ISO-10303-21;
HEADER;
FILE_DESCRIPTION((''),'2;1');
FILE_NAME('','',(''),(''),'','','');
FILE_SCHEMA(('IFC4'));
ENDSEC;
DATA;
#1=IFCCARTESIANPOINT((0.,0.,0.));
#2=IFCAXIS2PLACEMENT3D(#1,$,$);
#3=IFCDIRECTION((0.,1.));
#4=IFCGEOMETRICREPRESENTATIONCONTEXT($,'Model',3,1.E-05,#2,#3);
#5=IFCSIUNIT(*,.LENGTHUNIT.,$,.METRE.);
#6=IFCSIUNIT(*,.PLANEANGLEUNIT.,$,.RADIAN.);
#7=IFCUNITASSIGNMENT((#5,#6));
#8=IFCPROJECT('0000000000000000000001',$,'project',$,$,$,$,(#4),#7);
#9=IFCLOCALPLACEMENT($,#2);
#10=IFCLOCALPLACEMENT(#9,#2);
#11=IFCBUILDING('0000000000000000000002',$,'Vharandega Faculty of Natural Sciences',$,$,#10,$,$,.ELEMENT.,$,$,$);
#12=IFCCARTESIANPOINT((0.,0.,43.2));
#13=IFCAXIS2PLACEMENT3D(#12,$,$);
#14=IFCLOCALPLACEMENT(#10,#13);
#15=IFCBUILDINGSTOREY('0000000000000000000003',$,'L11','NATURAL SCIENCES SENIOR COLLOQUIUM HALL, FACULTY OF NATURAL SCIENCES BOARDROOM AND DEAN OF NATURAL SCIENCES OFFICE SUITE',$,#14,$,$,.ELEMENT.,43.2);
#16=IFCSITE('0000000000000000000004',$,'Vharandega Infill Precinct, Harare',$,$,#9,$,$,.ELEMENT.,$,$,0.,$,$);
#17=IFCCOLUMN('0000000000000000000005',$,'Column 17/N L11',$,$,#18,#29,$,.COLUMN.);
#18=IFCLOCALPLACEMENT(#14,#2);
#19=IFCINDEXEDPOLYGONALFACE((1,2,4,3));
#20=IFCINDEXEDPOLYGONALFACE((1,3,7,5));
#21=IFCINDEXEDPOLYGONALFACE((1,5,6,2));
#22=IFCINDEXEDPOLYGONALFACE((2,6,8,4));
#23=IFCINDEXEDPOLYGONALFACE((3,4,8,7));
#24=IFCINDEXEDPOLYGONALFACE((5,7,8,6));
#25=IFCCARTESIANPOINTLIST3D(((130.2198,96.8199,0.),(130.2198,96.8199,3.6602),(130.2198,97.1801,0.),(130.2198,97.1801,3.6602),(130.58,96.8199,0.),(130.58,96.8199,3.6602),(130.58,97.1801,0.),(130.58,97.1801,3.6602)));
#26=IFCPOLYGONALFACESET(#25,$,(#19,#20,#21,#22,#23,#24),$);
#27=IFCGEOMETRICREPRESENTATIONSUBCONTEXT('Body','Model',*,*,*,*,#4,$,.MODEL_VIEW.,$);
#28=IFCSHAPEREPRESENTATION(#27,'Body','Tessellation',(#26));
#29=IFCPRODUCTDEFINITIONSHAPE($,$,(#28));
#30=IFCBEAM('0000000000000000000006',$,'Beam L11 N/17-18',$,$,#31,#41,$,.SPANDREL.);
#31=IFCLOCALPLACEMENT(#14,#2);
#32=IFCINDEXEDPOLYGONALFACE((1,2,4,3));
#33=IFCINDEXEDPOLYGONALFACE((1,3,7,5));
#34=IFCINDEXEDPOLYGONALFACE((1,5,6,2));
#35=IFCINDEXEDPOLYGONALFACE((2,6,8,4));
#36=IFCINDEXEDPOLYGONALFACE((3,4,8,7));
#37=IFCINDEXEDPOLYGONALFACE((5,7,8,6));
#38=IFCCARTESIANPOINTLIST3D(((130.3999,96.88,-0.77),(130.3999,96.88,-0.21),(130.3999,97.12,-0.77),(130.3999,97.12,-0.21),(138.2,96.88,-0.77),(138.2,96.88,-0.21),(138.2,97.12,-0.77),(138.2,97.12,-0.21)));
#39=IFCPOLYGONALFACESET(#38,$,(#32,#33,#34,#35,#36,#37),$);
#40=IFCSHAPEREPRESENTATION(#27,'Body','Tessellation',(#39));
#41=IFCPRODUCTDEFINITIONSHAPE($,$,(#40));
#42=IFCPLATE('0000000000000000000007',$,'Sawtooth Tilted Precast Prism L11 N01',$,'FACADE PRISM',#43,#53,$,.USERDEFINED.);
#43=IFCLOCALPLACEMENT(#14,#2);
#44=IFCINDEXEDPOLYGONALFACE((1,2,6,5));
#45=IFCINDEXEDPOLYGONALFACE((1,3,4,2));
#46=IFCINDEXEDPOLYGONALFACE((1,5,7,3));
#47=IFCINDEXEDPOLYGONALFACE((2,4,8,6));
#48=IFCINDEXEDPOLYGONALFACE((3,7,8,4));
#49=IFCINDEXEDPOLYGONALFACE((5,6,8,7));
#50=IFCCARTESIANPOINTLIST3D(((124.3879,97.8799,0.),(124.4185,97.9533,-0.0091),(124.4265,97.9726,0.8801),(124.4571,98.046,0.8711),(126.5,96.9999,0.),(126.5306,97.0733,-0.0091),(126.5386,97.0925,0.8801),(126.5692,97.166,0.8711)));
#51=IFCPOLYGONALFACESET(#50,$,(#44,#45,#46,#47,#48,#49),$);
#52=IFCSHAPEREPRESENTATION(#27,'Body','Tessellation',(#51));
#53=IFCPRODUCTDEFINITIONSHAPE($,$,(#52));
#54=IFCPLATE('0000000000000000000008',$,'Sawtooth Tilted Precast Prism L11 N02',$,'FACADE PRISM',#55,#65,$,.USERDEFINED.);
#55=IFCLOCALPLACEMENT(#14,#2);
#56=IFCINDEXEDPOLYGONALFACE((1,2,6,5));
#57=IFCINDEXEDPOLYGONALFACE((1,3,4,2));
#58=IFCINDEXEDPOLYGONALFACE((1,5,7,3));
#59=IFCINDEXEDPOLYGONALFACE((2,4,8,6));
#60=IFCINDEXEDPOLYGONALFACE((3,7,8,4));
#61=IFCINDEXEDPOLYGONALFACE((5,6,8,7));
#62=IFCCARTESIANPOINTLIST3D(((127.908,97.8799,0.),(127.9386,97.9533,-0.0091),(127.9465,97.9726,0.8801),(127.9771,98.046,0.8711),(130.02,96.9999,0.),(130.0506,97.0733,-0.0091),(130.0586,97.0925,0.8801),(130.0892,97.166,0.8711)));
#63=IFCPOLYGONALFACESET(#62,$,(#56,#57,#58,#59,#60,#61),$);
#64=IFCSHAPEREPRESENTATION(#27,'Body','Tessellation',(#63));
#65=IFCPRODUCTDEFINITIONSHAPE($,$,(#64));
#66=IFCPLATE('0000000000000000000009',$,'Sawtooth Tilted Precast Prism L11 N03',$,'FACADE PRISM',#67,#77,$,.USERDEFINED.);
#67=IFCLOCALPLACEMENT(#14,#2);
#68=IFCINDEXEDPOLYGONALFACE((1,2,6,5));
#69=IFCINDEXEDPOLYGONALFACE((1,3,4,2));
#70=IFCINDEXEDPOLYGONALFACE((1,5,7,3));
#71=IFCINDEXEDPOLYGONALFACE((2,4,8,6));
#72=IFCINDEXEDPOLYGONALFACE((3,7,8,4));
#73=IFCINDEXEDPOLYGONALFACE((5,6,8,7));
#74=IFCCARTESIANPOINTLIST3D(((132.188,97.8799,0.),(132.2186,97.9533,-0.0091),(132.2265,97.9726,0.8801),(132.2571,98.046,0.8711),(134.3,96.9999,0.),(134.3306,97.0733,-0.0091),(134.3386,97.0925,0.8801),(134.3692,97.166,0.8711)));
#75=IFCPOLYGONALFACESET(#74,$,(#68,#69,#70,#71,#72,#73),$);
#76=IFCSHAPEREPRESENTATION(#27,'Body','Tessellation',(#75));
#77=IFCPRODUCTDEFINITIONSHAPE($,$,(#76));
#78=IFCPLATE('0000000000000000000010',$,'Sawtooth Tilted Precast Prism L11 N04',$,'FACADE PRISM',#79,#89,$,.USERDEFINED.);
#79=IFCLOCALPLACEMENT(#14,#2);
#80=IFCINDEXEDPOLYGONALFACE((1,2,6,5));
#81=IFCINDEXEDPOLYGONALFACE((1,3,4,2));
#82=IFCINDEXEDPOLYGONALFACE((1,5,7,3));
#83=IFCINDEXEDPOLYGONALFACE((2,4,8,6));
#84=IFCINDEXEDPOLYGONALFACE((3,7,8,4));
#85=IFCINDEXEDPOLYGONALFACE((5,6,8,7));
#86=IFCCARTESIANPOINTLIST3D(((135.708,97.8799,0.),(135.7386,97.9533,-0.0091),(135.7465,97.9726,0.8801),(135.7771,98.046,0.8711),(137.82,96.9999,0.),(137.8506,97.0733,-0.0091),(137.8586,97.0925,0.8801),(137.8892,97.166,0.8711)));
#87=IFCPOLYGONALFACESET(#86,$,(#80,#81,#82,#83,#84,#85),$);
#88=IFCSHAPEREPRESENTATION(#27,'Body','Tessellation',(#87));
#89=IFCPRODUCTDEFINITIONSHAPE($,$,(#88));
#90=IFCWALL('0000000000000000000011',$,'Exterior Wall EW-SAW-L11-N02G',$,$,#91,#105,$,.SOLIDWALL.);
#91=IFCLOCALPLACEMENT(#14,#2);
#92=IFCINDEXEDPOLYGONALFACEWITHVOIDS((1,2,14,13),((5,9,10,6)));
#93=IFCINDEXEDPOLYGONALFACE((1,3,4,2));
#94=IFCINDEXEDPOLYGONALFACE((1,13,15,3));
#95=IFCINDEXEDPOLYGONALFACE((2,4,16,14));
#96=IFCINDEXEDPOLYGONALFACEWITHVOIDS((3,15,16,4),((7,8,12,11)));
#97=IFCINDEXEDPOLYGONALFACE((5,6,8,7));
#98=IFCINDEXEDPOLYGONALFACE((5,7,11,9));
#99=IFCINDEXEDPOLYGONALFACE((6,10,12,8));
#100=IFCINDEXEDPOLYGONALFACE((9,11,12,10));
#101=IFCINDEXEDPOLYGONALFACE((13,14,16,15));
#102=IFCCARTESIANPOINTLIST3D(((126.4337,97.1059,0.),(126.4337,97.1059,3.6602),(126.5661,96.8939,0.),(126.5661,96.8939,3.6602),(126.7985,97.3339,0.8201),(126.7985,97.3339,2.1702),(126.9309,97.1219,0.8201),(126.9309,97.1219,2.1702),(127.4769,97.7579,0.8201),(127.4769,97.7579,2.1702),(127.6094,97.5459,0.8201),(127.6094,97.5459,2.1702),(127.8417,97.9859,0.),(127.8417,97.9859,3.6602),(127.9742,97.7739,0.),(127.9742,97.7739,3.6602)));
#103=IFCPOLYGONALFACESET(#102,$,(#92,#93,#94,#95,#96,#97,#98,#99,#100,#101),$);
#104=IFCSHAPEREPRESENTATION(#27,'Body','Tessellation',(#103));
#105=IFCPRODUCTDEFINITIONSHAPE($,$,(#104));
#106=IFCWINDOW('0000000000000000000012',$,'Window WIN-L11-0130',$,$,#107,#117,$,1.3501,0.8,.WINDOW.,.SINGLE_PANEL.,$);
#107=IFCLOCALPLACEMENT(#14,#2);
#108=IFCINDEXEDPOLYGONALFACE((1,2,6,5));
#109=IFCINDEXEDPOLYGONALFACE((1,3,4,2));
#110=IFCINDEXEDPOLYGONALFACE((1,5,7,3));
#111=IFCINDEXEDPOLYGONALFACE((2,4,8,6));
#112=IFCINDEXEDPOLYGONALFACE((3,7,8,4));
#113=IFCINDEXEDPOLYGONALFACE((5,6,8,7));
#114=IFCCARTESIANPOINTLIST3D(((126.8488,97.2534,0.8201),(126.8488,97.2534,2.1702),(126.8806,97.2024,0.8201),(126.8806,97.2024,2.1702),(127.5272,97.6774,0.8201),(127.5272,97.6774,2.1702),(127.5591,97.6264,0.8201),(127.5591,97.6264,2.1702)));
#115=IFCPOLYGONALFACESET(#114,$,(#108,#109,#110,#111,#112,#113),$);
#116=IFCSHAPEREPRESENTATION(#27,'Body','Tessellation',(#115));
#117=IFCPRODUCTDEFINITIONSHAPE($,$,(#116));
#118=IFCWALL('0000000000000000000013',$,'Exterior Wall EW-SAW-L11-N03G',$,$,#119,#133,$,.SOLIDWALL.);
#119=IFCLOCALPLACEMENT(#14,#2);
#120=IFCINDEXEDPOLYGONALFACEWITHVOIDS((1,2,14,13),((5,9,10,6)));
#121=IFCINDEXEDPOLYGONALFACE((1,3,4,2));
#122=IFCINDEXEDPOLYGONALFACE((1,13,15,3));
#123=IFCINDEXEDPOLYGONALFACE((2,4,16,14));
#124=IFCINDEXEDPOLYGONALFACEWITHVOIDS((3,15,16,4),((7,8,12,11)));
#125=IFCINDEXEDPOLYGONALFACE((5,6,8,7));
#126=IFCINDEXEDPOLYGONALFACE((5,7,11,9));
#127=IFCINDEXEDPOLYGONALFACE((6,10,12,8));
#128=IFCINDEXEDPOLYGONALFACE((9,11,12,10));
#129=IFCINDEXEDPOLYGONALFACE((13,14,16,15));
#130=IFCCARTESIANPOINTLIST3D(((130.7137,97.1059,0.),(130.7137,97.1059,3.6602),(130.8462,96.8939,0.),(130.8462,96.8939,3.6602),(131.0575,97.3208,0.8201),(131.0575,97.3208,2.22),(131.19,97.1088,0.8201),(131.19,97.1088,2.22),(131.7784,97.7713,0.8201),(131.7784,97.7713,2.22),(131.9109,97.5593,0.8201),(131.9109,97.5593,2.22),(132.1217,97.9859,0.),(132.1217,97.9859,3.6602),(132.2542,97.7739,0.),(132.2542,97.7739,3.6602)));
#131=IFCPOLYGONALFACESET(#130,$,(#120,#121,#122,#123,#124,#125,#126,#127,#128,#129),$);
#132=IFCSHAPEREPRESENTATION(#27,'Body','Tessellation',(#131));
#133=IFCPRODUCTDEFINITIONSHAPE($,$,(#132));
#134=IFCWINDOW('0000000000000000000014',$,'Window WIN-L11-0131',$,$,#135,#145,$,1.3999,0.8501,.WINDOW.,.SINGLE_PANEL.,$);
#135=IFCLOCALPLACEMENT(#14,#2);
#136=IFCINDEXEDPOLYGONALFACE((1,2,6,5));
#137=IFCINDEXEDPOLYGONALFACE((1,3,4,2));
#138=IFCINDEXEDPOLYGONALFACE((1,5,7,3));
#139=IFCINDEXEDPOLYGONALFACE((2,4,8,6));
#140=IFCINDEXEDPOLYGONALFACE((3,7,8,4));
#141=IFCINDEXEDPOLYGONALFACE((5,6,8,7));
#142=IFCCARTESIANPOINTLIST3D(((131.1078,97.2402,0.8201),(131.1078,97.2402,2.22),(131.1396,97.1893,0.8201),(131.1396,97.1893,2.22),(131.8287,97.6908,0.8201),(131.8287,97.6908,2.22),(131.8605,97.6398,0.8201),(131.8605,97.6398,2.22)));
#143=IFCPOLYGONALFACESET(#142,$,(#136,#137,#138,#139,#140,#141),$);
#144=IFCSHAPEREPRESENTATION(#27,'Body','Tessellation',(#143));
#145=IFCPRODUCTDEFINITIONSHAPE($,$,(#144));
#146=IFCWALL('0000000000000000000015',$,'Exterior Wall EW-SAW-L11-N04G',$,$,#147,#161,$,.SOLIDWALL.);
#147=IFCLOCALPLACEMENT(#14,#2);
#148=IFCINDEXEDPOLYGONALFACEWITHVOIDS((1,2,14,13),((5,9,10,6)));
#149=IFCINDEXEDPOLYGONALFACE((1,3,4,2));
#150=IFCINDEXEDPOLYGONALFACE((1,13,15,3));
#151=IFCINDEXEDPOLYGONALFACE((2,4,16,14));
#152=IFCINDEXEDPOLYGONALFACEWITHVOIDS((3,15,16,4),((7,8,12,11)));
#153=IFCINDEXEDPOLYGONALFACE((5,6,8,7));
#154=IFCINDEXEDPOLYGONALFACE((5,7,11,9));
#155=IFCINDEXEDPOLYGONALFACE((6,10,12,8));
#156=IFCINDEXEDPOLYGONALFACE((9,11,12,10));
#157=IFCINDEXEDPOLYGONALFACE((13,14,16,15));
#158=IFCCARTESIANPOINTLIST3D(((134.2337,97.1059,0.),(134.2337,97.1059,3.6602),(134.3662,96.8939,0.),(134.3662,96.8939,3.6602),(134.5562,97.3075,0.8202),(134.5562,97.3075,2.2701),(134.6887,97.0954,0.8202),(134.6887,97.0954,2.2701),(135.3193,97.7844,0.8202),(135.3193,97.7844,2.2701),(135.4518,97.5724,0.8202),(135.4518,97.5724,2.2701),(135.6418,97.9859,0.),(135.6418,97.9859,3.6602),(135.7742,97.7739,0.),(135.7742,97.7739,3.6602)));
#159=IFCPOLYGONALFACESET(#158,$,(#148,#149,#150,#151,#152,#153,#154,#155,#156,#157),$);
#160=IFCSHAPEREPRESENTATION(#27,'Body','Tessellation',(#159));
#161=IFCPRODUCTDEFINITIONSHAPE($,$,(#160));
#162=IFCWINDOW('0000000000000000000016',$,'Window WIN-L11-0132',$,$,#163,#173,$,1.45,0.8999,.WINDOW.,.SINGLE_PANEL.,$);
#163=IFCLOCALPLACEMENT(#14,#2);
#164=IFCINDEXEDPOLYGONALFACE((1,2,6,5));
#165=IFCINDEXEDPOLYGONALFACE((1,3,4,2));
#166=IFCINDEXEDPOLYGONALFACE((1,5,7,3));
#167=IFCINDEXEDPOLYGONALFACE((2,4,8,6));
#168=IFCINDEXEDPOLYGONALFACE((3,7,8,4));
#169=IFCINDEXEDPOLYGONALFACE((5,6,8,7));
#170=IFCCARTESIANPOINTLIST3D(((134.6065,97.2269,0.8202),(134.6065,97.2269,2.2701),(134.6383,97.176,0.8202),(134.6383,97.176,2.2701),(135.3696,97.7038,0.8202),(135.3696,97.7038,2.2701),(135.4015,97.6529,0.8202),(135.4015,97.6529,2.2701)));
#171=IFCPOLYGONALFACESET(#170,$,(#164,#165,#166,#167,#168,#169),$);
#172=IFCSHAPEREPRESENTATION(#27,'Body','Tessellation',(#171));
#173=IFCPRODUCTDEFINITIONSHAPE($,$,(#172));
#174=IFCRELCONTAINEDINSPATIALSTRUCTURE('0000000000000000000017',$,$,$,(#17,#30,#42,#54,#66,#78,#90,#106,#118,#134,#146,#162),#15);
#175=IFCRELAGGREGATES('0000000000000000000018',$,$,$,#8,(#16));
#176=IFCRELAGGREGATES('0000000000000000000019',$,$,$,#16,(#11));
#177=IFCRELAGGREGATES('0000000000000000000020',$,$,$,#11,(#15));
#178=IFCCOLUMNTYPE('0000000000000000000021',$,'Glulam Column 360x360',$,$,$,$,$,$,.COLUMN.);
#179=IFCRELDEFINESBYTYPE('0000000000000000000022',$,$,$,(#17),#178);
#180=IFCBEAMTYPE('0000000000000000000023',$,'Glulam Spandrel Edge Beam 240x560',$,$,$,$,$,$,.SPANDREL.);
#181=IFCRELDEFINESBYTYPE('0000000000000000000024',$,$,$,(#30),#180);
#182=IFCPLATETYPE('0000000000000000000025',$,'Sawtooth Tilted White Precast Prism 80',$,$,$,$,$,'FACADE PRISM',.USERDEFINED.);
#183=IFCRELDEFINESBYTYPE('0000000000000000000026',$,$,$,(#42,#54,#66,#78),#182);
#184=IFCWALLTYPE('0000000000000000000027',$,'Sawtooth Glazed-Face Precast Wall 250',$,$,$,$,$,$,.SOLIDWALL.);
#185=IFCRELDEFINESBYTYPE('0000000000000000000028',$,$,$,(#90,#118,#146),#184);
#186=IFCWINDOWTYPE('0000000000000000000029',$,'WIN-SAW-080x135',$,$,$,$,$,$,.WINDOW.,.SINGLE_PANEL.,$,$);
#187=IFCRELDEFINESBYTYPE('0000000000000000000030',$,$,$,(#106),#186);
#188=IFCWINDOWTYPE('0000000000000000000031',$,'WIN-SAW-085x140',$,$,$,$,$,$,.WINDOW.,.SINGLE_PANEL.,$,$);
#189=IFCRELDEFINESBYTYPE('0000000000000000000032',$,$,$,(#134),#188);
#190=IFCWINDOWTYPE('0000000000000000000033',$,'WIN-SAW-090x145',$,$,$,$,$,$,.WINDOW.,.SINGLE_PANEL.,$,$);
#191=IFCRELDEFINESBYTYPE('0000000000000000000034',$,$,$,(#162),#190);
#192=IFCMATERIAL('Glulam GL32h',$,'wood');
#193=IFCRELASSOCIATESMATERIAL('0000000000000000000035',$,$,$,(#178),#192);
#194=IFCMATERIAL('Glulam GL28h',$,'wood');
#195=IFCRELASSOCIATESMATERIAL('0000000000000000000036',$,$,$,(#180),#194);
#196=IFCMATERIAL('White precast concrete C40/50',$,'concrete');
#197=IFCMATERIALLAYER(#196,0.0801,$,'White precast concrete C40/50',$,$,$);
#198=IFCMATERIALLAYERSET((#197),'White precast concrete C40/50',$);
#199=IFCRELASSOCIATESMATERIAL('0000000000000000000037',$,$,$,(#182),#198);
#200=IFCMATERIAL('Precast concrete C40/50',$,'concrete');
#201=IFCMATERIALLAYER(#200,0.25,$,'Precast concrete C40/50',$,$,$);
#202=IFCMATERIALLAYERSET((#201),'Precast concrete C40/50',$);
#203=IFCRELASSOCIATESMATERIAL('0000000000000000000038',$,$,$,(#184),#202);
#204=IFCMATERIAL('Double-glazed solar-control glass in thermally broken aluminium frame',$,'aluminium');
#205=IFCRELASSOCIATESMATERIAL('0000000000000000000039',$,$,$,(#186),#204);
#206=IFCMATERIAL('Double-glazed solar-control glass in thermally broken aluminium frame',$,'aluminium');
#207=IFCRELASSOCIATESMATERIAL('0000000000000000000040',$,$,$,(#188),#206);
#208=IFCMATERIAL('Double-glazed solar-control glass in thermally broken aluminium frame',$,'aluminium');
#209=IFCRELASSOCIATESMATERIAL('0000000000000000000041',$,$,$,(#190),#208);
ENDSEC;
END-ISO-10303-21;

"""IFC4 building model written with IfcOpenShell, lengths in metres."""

from ifc_helpers import new_model, si_unit, direction, frame, frame_2d, origin, origin_2d, place, context, subcontext, project, spatial, polyline, rectangle, outline, extrude, material, layer, layer_set, material_profile, profile_set, type_object, element, fill, save


model = new_model("IFC4")

# Units and contexts
model_context = context("Model", 3, precision=1e-05, world=origin(), true_north=direction((0.0, 1.0)))
body_context = subcontext(model_context, "Body", "Model", "MODEL_VIEW")
ifc_project = project(units=[si_unit("LENGTHUNIT", "METRE"), si_unit("PLANEANGLEUNIT", "RADIAN")], contexts=[model_context])

# Site, building, storey
site_placement = place(None, origin())
site = spatial("IfcSite", under=ifc_project, at=site_placement, Name="Vharandega Infill Precinct, Harare", CompositionType="ELEMENT", RefElevation=0.0)
building_placement = place(site_placement, origin())
building = spatial("IfcBuilding", under=site, at=building_placement, Name="Vharandega Faculty of Natural Sciences", CompositionType="ELEMENT")
storey_placement = place(building_placement, frame((0.0, 0.0, 43.2)))
storey = spatial("IfcBuildingStorey", under=building, at=storey_placement, Name="L11", Description="NATURAL SCIENCES SENIOR COLLOQUIUM HALL, FACULTY OF NATURAL SCIENCES BOARDROOM AND DEAN OF NATURAL SCIENCES OFFICE SUITE", CompositionType="ELEMENT", Elevation=43.2)

# Column
ifc_material_1 = material(Name="Glulam GL32h", Category="wood")
ifc_material_profile_1 = material_profile(ifc_material_1, rectangle(XDim=0.3601, YDim=0.3601, at=origin_2d()), Name="GL32h 360x360")
ifc_profile_set_1 = profile_set([ifc_material_profile_1], Name="Glulam GL32h")
column_type = type_object("IfcColumnType", Name="Glulam Column 360x360", PredefinedType="COLUMN", material=ifc_profile_set_1)
column_placement = place(storey_placement, frame((130.3999, 97.0, 0.0), z_axis=(0.0, 0.0, 1.0), x_axis=(1.0, 0.0, 0.0)))
element("IfcColumn", 1, at=column_placement, inside=storey, type_object=column_type, Name="Column 17/N L11", PredefinedType="COLUMN", context=body_context, shape_type="SweptSolid", body=[
    extrude(rectangle(XDim=0.3601, YDim=0.3601, at=origin_2d()), origin(), (0.0, 0.0, 1.0), 3.6602),
])

# Beam
ifc_material_2 = material(Name="Glulam GL28h", Category="wood")
ifc_material_profile_2 = material_profile(ifc_material_2, rectangle(XDim=0.24, YDim=0.5601, at=origin_2d()), Name="GL28h 240x560")
ifc_profile_set_2 = profile_set([ifc_material_profile_2], Name="Glulam GL28h")
beam_type = type_object("IfcBeamType", Name="Glulam Spandrel Edge Beam 240x560", PredefinedType="SPANDREL", material=ifc_profile_set_2)
beam_placement = place(storey_placement, frame((130.3999, 97.0, -0.49), z_axis=(1.0, 0.0, 0.0), x_axis=(0.0, 1.0, 0.0)))
element("IfcBeam", 2, at=beam_placement, inside=storey, type_object=beam_type, Name="Beam L11 N/17-18", PredefinedType="SPANDREL", context=body_context, shape_type="SweptSolid", body=[
    extrude(rectangle(XDim=0.24, YDim=0.5601, at=origin_2d()), origin(), (0.0, 0.0, 1.0), 7.8),
])

# Plates
ifc_material_3 = material(Name="White precast concrete C40/50", Category="concrete")
ifc_layer_1 = layer(ifc_material_3, 0.0801, Name="White precast concrete C40/50")
ifc_layer_set_1 = layer_set([ifc_layer_1], Name="White precast concrete C40/50")
plate_type = type_object("IfcPlateType", Name="Sawtooth Tilted White Precast Prism 80", ElementType="FACADE PRISM", PredefinedType="USERDEFINED", material=ifc_layer_set_1)
for number, where, z_axis, x_axis, name in (
    (3, (124.3879, 97.8799, 0.0), (-0.382131, -0.917137, 0.113295), (0.043497, 0.104613, 0.993561), "Sawtooth Tilted Precast Prism L11 N01"),
    (4, (127.908, 97.8799, 0.0), (-0.382131, -0.917137, 0.113295), (0.043497, 0.104613, 0.993561), "Sawtooth Tilted Precast Prism L11 N02"),
    (5, (132.188, 97.8799, 0.0), (-0.382131, -0.917137, 0.113295), (0.043497, 0.104613, 0.993561), "Sawtooth Tilted Precast Prism L11 N03"),
    (6, (135.708, 97.8799, 0.0), (-0.382131, -0.917137, 0.113295), (0.043497, 0.104613, 0.993561), "Sawtooth Tilted Precast Prism L11 N04"),
):
    element("IfcPlate", number, at=place(storey_placement, frame(where, z_axis=z_axis, x_axis=x_axis)), inside=storey, type_object=plate_type, Name=name, ObjectType="FACADE PRISM", PredefinedType="USERDEFINED", context=body_context, shape_type="SweptSolid", body=[
        extrude(outline(polyline([(0.0, 0.0), (0.8858, 0.0), (0.8856, -2.2881), (-0.0002, -2.288), (0.0, 0.0)])), origin(), (0.0, 0.0, -1.0), 0.0801),
    ])

# Walls, openings, windows
ifc_material_4 = material(Name="Precast concrete C40/50", Category="concrete")
ifc_layer_2 = layer(ifc_material_4, 0.25, Name="Precast concrete C40/50")
ifc_layer_set_2 = layer_set([ifc_layer_2], Name="Precast concrete C40/50")
wall_type_1 = type_object("IfcWallType", Name="Sawtooth Glazed-Face Precast Wall 250", PredefinedType="SOLIDWALL", material=ifc_layer_set_2)
wall_1_placement = place(storey_placement, frame((126.5, 97.0, 0.0), z_axis=(0.0, 0.0, 1.0), x_axis=(0.848023, 0.529959, 0.0)))
wall_1 = element("IfcWall", 7, at=wall_1_placement, inside=storey, type_object=wall_type_1, Name="Exterior Wall EW-SAW-L11-N02G", PredefinedType="SOLIDWALL", context=body_context, shape_type="SweptSolid", body=[
    extrude(rectangle(XDim=1.6604, YDim=0.25, at=frame_2d((0.8301, 0.0))), origin(), (0.0, 0.0, 1.0), 3.6602),
])
opening_1_placement = place(wall_1_placement, frame((0.4302, 0.0, 0.8201)))
opening_1 = element("IfcOpeningElement", 8, at=opening_1_placement, cuts=wall_1, PredefinedType="OPENING", context=body_context, shape_type="SweptSolid", body=[
    extrude(rectangle(XDim=0.8, YDim=1.3501, at=frame_2d((0.3999, 0.675))), frame((0.0, 0.135, 0.0), z_axis=(0.0, -1.0, 0.0), x_axis=(1.0, 0.0, 0.0)), (0.0, 0.0, 1.0), 0.27),
])
ifc_material_5 = material(Name="Double-glazed solar-control glass in thermally broken aluminium frame", Category="aluminium")
window_type_1 = type_object("IfcWindowType", Name="WIN-SAW-080x135", PartitioningType="SINGLE_PANEL", PredefinedType="WINDOW", material=ifc_material_5)
window_1_placement = place(opening_1_placement, origin())
window_1 = element("IfcWindow", 9, at=window_1_placement, inside=storey, type_object=window_type_1, Name="Window WIN-L11-0130", OverallHeight=1.3501, OverallWidth=0.8, PartitioningType="SINGLE_PANEL", PredefinedType="WINDOW", context=body_context, shape_type="SweptSolid", body=[
    extrude(rectangle(XDim=0.8, YDim=1.3501, at=frame_2d((0.3999, 0.675))), frame((0.0, 0.03, 0.0), z_axis=(0.0, -1.0, 0.0), x_axis=(1.0, 0.0, 0.0)), (0.0, 0.0, 1.0), 0.0601),
])
fill(opening_1, window_1)
wall_2_placement = place(storey_placement, frame((130.78, 97.0, 0.0), z_axis=(0.0, 0.0, 1.0), x_axis=(0.848023, 0.529959, 0.0)))
wall_2 = element("IfcWall", 10, at=wall_2_placement, inside=storey, type_object=wall_type_1, Name="Exterior Wall EW-SAW-L11-N03G", PredefinedType="SOLIDWALL", context=body_context, shape_type="SweptSolid", body=[
    extrude(rectangle(XDim=1.6604, YDim=0.25, at=frame_2d((0.8301, 0.0))), origin(), (0.0, 0.0, 1.0), 3.6602),
])
opening_2_placement = place(wall_2_placement, frame((0.4053, 0.0, 0.8201)))
opening_2 = element("IfcOpeningElement", 11, at=opening_2_placement, cuts=wall_2, PredefinedType="OPENING", context=body_context, shape_type="SweptSolid", body=[
    extrude(rectangle(XDim=0.8501, YDim=1.3999, at=frame_2d((0.425, 0.7))), frame((0.0, 0.135, 0.0), z_axis=(0.0, -1.0, 0.0), x_axis=(1.0, 0.0, 0.0)), (0.0, 0.0, 1.0), 0.27),
])
ifc_material_6 = material(Name="Double-glazed solar-control glass in thermally broken aluminium frame", Category="aluminium")
window_type_2 = type_object("IfcWindowType", Name="WIN-SAW-085x140", PartitioningType="SINGLE_PANEL", PredefinedType="WINDOW", material=ifc_material_6)
window_2_placement = place(opening_2_placement, origin())
window_2 = element("IfcWindow", 12, at=window_2_placement, inside=storey, type_object=window_type_2, Name="Window WIN-L11-0131", OverallHeight=1.3999, OverallWidth=0.8501, PartitioningType="SINGLE_PANEL", PredefinedType="WINDOW", context=body_context, shape_type="SweptSolid", body=[
    extrude(rectangle(XDim=0.8501, YDim=1.3999, at=frame_2d((0.425, 0.7))), frame((0.0, 0.03, 0.0), z_axis=(0.0, -1.0, 0.0), x_axis=(1.0, 0.0, 0.0)), (0.0, 0.0, 1.0), 0.0601),
])
fill(opening_2, window_2)
wall_3_placement = place(storey_placement, frame((134.3, 97.0, 0.0), z_axis=(0.0, 0.0, 1.0), x_axis=(0.848023, 0.529959, 0.0)))
wall_3 = element("IfcWall", 13, at=wall_3_placement, inside=storey, type_object=wall_type_1, Name="Exterior Wall EW-SAW-L11-N04G", PredefinedType="SOLIDWALL", context=body_context, shape_type="SweptSolid", body=[
    extrude(rectangle(XDim=1.6604, YDim=0.25, at=frame_2d((0.8301, 0.0))), origin(), (0.0, 0.0, 1.0), 3.6602),
])
opening_3_placement = place(wall_3_placement, frame((0.3801, 0.0, 0.8201)))
opening_3 = element("IfcOpeningElement", 14, at=opening_3_placement, cuts=wall_3, PredefinedType="OPENING", context=body_context, shape_type="SweptSolid", body=[
    extrude(rectangle(XDim=0.8999, YDim=1.45, at=frame_2d((0.45, 0.7251))), frame((0.0, 0.135, 0.0), z_axis=(0.0, -1.0, 0.0), x_axis=(1.0, 0.0, 0.0)), (0.0, 0.0, 1.0), 0.27),
])
ifc_material_7 = material(Name="Double-glazed solar-control glass in thermally broken aluminium frame", Category="aluminium")
window_type_3 = type_object("IfcWindowType", Name="WIN-SAW-090x145", PartitioningType="SINGLE_PANEL", PredefinedType="WINDOW", material=ifc_material_7)
window_3_placement = place(opening_3_placement, origin())
window_3 = element("IfcWindow", 15, at=window_3_placement, inside=storey, type_object=window_type_3, Name="Window WIN-L11-0132", OverallHeight=1.45, OverallWidth=0.8999, PartitioningType="SINGLE_PANEL", PredefinedType="WINDOW", context=body_context, shape_type="SweptSolid", body=[
    extrude(rectangle(XDim=0.8999, YDim=1.45, at=frame_2d((0.45, 0.7251))), frame((0.0, 0.03, 0.0), z_axis=(0.0, -1.0, 0.0), x_axis=(1.0, 0.0, 0.0)), (0.0, 0.0, 1.0), 0.0601),
])
fill(opening_3, window_3)

save(model, "model.ifc")
